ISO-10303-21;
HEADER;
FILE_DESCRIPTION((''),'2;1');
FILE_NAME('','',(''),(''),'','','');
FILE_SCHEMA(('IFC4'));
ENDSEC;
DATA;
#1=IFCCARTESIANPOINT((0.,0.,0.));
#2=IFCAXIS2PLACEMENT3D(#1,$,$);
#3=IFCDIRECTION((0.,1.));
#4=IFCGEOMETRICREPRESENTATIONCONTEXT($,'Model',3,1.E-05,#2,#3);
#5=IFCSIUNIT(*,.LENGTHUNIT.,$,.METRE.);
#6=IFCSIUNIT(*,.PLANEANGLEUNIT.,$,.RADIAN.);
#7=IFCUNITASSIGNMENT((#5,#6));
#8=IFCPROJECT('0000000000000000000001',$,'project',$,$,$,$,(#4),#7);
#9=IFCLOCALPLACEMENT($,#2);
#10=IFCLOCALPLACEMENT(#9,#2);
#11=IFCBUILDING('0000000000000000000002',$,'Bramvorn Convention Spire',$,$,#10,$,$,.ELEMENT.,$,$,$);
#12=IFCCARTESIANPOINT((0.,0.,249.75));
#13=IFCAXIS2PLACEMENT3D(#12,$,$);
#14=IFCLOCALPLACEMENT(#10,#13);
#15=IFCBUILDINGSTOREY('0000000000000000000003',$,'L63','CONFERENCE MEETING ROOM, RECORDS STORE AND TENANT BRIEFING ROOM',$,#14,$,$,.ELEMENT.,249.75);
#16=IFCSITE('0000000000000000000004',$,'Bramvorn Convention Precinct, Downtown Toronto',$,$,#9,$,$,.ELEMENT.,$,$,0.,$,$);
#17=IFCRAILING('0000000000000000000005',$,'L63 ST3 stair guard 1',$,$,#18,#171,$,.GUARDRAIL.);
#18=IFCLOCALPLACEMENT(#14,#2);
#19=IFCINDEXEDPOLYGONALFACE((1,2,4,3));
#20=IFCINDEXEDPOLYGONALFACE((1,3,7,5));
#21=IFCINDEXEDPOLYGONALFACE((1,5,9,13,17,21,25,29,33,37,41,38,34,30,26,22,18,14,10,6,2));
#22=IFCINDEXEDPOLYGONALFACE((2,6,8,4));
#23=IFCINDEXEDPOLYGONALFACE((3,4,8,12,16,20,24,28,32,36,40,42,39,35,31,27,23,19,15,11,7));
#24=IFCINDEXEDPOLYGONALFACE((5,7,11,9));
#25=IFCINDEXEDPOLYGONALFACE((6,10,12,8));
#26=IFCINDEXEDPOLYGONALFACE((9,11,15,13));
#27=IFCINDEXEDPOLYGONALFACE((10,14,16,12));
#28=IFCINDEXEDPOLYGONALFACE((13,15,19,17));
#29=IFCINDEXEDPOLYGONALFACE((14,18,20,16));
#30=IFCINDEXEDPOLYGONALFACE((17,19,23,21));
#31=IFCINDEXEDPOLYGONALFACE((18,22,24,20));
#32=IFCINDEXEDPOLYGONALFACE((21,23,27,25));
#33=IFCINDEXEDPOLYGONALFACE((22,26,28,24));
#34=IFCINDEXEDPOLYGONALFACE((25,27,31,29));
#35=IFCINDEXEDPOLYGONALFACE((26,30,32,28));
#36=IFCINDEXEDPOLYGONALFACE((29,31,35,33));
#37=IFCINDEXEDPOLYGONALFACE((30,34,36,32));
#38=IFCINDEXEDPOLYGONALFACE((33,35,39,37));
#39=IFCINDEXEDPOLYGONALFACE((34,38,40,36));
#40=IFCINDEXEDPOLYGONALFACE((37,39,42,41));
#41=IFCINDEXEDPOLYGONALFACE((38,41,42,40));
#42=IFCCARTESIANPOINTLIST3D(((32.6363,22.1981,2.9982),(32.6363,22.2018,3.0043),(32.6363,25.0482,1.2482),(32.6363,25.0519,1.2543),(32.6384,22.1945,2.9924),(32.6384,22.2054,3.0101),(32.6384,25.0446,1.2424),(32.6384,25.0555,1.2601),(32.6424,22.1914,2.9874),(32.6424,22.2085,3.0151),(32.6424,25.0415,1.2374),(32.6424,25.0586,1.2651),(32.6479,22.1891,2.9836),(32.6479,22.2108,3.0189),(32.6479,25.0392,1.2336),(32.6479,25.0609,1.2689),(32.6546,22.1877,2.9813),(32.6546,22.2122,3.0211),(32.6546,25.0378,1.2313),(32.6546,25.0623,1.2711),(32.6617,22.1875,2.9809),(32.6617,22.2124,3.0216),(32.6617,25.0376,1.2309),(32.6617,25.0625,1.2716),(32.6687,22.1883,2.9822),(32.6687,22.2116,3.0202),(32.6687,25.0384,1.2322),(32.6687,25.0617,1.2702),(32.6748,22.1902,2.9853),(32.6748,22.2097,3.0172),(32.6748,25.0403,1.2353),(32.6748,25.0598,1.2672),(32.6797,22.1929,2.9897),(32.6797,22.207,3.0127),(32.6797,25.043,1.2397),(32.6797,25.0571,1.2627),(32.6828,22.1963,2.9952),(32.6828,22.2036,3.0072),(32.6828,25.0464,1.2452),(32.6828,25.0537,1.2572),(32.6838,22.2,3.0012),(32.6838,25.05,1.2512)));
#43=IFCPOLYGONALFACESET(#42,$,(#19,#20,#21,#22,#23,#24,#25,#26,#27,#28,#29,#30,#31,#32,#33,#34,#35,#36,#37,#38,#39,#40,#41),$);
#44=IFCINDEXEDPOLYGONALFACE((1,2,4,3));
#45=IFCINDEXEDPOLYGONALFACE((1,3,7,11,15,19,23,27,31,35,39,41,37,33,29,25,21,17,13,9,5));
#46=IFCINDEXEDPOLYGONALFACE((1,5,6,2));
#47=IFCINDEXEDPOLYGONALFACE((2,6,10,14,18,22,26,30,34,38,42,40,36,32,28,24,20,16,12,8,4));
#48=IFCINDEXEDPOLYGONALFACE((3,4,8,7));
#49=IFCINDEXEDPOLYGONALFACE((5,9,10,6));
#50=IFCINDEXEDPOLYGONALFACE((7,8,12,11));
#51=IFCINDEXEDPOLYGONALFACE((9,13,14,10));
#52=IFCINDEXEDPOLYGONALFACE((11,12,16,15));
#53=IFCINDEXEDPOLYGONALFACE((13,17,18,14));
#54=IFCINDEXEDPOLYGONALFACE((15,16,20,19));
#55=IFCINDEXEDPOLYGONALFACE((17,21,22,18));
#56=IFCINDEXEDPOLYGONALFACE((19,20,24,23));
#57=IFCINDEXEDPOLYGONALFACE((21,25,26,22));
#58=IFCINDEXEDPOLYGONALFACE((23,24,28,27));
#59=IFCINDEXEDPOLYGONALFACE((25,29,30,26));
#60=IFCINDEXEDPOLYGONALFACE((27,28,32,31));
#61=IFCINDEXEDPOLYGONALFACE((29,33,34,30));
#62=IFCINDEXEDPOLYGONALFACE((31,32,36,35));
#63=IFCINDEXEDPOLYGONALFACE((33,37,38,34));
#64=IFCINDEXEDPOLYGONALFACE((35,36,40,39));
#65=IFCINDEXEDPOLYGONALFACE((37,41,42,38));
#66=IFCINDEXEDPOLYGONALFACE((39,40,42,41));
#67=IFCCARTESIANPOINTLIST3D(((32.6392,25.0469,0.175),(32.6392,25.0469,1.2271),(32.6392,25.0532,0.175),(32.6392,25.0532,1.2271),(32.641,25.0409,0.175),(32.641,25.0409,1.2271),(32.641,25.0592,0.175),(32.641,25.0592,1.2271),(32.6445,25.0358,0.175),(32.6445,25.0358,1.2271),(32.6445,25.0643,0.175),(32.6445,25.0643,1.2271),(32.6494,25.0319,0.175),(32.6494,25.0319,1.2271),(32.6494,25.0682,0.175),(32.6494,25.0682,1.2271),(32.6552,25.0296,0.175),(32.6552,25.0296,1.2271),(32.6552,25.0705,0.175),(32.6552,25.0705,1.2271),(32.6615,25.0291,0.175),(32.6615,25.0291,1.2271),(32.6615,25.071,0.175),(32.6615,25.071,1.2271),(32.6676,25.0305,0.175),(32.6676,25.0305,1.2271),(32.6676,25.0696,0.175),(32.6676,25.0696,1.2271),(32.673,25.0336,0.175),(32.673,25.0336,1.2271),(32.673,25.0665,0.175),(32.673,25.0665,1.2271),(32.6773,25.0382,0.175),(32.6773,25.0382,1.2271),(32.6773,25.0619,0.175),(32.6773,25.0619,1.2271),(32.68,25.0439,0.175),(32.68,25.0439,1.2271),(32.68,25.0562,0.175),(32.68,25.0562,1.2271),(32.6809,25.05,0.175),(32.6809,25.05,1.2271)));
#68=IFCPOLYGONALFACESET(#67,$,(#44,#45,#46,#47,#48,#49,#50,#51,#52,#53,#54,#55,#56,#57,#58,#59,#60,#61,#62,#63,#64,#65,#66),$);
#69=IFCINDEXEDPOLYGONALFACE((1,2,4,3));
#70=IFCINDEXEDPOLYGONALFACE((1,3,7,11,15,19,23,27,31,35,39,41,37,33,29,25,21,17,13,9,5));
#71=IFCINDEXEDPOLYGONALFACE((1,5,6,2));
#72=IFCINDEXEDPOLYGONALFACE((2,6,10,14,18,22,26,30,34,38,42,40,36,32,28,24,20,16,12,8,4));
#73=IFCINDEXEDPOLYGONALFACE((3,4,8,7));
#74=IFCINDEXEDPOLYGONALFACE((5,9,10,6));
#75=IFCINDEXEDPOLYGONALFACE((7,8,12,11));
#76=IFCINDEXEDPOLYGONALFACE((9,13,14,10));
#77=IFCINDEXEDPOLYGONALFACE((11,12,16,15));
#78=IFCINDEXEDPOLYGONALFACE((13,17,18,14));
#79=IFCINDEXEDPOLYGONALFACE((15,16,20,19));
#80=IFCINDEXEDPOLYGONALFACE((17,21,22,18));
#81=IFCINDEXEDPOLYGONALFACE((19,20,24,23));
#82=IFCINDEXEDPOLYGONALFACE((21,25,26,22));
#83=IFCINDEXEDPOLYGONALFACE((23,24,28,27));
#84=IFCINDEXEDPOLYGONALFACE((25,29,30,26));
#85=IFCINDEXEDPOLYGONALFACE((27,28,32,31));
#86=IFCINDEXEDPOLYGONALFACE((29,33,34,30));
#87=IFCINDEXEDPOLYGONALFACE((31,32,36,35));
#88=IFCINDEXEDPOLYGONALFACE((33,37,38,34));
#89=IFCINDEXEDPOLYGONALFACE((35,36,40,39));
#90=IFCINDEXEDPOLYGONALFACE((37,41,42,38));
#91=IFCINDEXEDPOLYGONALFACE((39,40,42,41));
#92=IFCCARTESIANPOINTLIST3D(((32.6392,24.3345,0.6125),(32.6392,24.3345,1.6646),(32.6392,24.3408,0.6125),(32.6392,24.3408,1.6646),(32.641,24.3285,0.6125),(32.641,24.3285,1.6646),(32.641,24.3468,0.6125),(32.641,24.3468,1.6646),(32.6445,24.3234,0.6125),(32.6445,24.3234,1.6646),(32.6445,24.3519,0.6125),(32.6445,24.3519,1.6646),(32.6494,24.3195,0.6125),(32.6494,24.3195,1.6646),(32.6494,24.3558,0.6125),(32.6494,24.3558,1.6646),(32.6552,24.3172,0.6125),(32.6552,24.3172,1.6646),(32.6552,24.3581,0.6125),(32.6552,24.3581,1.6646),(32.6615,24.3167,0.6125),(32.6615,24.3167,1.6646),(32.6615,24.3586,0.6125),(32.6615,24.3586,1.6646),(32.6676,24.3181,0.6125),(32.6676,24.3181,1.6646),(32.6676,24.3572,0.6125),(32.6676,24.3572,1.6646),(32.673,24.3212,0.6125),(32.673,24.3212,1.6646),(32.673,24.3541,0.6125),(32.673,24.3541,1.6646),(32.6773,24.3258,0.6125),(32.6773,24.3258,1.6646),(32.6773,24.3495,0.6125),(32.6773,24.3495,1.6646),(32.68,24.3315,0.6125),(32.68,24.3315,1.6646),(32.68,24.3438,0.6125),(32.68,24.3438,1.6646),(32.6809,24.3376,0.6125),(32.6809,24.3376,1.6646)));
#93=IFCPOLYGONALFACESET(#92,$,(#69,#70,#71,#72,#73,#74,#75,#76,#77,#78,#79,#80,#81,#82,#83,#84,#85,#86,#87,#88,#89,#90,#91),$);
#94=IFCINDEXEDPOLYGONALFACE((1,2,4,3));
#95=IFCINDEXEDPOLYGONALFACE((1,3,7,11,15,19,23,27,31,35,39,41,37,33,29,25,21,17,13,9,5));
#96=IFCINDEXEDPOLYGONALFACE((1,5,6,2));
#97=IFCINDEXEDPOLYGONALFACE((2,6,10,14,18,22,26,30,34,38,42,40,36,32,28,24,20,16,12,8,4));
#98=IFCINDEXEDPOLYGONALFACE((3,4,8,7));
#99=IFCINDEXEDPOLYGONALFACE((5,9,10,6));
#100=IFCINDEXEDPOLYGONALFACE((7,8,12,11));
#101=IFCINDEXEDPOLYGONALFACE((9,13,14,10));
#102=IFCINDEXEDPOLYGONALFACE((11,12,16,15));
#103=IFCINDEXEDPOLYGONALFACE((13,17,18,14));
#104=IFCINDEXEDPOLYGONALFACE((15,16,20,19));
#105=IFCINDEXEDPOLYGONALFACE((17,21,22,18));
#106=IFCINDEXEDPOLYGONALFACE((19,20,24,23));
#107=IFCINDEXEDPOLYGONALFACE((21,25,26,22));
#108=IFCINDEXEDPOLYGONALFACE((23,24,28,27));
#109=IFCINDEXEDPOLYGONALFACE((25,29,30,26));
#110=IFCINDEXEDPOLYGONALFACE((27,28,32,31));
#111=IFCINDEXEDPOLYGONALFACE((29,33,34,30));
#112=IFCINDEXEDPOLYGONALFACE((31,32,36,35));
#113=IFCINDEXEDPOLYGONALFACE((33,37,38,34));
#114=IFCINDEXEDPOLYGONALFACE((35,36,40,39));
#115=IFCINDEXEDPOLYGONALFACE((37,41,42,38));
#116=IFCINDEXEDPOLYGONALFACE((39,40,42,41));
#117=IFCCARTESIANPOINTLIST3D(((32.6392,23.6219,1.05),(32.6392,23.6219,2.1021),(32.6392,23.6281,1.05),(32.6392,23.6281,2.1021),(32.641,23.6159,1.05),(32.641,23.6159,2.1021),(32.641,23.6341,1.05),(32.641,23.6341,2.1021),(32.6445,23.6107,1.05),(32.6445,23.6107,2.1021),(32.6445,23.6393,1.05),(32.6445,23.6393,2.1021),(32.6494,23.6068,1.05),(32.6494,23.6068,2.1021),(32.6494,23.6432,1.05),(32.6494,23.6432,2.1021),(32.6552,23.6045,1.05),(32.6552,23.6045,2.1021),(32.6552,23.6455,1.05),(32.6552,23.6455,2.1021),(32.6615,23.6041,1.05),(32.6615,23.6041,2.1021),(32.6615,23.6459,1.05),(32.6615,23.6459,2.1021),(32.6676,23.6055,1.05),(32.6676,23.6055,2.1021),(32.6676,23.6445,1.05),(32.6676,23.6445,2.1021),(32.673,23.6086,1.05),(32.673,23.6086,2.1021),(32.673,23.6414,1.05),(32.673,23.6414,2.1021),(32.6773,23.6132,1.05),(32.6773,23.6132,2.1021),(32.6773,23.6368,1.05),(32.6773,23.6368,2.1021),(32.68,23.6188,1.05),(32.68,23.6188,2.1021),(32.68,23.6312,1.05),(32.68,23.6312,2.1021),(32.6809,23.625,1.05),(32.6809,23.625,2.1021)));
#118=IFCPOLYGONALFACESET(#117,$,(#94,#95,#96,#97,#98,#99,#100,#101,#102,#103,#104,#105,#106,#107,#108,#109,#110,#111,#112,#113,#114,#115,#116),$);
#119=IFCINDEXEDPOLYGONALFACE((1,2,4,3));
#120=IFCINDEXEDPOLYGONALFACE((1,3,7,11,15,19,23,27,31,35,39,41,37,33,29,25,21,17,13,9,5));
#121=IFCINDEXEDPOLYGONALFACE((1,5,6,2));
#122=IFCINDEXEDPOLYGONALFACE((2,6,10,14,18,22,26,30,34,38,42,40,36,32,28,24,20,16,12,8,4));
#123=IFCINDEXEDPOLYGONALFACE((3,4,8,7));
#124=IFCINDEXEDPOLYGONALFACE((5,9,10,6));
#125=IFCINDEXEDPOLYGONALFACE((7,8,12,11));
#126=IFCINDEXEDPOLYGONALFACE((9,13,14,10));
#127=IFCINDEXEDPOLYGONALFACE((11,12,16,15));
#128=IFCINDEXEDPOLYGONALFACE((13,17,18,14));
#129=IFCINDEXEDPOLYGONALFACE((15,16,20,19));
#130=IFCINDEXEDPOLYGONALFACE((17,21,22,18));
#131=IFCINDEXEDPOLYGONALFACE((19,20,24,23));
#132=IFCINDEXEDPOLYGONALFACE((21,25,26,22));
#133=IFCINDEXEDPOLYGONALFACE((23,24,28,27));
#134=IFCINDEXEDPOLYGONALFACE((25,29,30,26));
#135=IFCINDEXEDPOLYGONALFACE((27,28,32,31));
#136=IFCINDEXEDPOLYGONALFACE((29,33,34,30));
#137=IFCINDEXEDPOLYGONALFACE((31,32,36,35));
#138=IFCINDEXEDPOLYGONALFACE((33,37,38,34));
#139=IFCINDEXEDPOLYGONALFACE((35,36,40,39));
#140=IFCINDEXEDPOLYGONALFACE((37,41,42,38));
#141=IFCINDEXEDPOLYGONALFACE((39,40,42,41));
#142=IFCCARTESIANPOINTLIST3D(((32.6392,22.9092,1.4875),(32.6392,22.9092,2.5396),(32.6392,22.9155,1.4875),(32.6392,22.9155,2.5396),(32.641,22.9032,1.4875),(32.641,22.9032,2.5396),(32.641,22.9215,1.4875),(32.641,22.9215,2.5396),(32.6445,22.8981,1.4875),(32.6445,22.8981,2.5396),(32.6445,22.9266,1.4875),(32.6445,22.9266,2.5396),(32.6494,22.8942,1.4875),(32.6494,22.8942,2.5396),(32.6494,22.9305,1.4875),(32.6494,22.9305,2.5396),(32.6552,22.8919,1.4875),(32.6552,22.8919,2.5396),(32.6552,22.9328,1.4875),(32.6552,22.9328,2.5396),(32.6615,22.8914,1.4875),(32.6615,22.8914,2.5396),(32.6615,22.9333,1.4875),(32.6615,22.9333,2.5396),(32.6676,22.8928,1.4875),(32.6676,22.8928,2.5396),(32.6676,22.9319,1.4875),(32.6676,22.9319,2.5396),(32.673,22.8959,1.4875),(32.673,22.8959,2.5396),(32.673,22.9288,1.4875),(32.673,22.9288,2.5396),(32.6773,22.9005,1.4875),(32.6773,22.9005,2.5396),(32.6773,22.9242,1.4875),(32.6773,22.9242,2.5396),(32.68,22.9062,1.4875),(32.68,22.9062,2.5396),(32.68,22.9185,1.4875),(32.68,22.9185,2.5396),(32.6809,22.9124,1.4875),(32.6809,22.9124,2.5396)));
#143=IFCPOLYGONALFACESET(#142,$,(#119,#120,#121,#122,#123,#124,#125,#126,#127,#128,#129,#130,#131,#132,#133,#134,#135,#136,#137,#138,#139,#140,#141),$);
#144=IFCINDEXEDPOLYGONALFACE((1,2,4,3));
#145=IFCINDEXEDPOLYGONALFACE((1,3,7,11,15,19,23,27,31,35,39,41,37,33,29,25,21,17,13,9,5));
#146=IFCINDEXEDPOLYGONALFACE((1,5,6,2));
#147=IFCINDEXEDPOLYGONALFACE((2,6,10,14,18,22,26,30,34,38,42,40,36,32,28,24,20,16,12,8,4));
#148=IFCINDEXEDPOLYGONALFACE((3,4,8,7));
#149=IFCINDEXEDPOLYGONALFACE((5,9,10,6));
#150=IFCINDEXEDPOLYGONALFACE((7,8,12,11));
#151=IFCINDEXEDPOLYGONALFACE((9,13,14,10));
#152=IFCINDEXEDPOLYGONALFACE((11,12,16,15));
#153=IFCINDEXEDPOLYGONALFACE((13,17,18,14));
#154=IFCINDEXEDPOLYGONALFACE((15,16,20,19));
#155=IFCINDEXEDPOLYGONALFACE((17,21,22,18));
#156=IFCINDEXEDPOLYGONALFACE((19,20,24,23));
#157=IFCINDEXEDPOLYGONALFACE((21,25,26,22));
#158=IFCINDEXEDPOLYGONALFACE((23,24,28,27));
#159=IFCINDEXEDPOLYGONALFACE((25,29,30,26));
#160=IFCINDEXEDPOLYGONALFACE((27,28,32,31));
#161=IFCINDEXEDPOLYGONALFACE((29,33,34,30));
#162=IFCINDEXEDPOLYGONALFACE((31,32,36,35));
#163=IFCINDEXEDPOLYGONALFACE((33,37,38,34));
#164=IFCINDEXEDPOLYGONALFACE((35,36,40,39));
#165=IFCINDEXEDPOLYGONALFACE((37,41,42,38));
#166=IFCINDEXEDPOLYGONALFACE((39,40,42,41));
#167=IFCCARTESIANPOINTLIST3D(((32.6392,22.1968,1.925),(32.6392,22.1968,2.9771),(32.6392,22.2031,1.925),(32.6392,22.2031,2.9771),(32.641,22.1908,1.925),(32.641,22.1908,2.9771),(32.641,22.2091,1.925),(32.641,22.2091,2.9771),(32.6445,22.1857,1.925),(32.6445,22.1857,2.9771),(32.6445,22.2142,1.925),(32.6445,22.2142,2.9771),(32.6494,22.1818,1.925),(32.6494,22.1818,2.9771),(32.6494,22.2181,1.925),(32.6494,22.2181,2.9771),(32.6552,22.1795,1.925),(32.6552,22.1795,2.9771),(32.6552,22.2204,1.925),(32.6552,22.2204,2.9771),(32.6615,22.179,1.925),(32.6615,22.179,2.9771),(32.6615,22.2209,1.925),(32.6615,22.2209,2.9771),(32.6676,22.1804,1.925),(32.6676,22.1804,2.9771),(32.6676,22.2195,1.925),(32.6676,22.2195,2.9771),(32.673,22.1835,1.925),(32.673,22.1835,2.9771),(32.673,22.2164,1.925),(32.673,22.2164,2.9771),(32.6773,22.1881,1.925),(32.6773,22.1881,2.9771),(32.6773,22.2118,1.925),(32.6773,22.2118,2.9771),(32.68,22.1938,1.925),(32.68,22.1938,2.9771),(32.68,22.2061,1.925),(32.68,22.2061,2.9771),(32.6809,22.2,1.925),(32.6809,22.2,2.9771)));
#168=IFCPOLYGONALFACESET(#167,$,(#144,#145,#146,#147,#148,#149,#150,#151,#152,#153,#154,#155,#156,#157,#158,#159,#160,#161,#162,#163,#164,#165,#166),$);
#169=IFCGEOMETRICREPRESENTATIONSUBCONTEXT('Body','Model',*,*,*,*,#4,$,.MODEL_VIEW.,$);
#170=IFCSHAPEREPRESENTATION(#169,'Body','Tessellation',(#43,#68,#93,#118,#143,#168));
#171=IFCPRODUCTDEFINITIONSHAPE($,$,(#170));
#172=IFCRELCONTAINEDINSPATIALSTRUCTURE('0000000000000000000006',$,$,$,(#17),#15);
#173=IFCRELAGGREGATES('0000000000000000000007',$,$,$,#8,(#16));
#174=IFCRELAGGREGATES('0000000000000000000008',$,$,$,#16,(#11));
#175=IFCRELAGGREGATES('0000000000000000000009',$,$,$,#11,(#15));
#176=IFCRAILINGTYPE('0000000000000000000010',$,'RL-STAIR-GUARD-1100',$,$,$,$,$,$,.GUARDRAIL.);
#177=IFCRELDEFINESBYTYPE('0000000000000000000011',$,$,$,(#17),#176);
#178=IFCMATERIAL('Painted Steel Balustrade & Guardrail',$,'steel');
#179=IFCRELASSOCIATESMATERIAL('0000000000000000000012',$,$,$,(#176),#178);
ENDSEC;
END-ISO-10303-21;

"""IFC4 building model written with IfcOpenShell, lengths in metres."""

from ifc_helpers import new_model, si_unit, direction, frame, origin, origin_2d, place, context, subcontext, project, spatial, circle, extrude, material, type_object, element, save


model = new_model("IFC4")

# Units and contexts
model_context = context("Model", 3, precision=1e-05, world=origin(), true_north=direction((0.0, 1.0)))
body_context = subcontext(model_context, "Body", "Model", "MODEL_VIEW")
ifc_project = project(units=[si_unit("LENGTHUNIT", "METRE"), si_unit("PLANEANGLEUNIT", "RADIAN")], contexts=[model_context])

# Site, building, storey
site_placement = place(None, origin())
site = spatial("IfcSite", under=ifc_project, at=site_placement, Name="Bramvorn Convention Precinct, Downtown Toronto", CompositionType="ELEMENT", RefElevation=0.0)
building_placement = place(site_placement, origin())
building = spatial("IfcBuilding", under=site, at=building_placement, Name="Bramvorn Convention Spire", CompositionType="ELEMENT")
storey_placement = place(building_placement, frame((0.0, 0.0, 249.75)))
storey = spatial("IfcBuildingStorey", under=building, at=storey_placement, Name="L63", Description="CONFERENCE MEETING ROOM, RECORDS STORE AND TENANT BRIEFING ROOM", CompositionType="ELEMENT", Elevation=249.75)

# Railing
ifc_material_1 = material(Name="Painted Steel Balustrade & Guardrail", Category="steel")
railing_type_1 = type_object("IfcRailingType", Name="RL-STAIR-GUARD-1100", PredefinedType="GUARDRAIL", material=ifc_material_1)
railing_1_placement = place(storey_placement, frame((32.6599, 25.05, 0.175)))
element("IfcRailing", 1, at=railing_1_placement, inside=storey, type_object=railing_type_1, Name="L63 ST3 stair guard 1", PredefinedType="GUARDRAIL", context=body_context, shape_type="SweptSolid", body=[
    extrude(circle(Radius=0.0239, at=origin_2d()), frame((0.0, 0.0, 1.0762), z_axis=(0.0, -0.852179, 0.52325), x_axis=(1.0, 0.0, 0.0)), (0.0, 0.0, 1.0), 3.3445),
    extrude(circle(Radius=0.021, at=origin_2d()), origin(), (0.0, 0.0, 1.0), 1.052),
    extrude(circle(Radius=0.021, at=origin_2d()), frame((0.0, -0.7124, 0.4375)), (0.0, 0.0, 1.0), 1.052),
    extrude(circle(Radius=0.021, at=origin_2d()), frame((0.0, -1.425, 0.875)), (0.0, 0.0, 1.0), 1.052),
    extrude(circle(Radius=0.021, at=origin_2d()), frame((0.0, -2.1377, 1.3125)), (0.0, 0.0, 1.0), 1.052),
    extrude(circle(Radius=0.021, at=origin_2d()), frame((0.0, -2.8501, 1.75)), (0.0, 0.0, 1.0), 1.052),
])

save(model, "model.ifc")
